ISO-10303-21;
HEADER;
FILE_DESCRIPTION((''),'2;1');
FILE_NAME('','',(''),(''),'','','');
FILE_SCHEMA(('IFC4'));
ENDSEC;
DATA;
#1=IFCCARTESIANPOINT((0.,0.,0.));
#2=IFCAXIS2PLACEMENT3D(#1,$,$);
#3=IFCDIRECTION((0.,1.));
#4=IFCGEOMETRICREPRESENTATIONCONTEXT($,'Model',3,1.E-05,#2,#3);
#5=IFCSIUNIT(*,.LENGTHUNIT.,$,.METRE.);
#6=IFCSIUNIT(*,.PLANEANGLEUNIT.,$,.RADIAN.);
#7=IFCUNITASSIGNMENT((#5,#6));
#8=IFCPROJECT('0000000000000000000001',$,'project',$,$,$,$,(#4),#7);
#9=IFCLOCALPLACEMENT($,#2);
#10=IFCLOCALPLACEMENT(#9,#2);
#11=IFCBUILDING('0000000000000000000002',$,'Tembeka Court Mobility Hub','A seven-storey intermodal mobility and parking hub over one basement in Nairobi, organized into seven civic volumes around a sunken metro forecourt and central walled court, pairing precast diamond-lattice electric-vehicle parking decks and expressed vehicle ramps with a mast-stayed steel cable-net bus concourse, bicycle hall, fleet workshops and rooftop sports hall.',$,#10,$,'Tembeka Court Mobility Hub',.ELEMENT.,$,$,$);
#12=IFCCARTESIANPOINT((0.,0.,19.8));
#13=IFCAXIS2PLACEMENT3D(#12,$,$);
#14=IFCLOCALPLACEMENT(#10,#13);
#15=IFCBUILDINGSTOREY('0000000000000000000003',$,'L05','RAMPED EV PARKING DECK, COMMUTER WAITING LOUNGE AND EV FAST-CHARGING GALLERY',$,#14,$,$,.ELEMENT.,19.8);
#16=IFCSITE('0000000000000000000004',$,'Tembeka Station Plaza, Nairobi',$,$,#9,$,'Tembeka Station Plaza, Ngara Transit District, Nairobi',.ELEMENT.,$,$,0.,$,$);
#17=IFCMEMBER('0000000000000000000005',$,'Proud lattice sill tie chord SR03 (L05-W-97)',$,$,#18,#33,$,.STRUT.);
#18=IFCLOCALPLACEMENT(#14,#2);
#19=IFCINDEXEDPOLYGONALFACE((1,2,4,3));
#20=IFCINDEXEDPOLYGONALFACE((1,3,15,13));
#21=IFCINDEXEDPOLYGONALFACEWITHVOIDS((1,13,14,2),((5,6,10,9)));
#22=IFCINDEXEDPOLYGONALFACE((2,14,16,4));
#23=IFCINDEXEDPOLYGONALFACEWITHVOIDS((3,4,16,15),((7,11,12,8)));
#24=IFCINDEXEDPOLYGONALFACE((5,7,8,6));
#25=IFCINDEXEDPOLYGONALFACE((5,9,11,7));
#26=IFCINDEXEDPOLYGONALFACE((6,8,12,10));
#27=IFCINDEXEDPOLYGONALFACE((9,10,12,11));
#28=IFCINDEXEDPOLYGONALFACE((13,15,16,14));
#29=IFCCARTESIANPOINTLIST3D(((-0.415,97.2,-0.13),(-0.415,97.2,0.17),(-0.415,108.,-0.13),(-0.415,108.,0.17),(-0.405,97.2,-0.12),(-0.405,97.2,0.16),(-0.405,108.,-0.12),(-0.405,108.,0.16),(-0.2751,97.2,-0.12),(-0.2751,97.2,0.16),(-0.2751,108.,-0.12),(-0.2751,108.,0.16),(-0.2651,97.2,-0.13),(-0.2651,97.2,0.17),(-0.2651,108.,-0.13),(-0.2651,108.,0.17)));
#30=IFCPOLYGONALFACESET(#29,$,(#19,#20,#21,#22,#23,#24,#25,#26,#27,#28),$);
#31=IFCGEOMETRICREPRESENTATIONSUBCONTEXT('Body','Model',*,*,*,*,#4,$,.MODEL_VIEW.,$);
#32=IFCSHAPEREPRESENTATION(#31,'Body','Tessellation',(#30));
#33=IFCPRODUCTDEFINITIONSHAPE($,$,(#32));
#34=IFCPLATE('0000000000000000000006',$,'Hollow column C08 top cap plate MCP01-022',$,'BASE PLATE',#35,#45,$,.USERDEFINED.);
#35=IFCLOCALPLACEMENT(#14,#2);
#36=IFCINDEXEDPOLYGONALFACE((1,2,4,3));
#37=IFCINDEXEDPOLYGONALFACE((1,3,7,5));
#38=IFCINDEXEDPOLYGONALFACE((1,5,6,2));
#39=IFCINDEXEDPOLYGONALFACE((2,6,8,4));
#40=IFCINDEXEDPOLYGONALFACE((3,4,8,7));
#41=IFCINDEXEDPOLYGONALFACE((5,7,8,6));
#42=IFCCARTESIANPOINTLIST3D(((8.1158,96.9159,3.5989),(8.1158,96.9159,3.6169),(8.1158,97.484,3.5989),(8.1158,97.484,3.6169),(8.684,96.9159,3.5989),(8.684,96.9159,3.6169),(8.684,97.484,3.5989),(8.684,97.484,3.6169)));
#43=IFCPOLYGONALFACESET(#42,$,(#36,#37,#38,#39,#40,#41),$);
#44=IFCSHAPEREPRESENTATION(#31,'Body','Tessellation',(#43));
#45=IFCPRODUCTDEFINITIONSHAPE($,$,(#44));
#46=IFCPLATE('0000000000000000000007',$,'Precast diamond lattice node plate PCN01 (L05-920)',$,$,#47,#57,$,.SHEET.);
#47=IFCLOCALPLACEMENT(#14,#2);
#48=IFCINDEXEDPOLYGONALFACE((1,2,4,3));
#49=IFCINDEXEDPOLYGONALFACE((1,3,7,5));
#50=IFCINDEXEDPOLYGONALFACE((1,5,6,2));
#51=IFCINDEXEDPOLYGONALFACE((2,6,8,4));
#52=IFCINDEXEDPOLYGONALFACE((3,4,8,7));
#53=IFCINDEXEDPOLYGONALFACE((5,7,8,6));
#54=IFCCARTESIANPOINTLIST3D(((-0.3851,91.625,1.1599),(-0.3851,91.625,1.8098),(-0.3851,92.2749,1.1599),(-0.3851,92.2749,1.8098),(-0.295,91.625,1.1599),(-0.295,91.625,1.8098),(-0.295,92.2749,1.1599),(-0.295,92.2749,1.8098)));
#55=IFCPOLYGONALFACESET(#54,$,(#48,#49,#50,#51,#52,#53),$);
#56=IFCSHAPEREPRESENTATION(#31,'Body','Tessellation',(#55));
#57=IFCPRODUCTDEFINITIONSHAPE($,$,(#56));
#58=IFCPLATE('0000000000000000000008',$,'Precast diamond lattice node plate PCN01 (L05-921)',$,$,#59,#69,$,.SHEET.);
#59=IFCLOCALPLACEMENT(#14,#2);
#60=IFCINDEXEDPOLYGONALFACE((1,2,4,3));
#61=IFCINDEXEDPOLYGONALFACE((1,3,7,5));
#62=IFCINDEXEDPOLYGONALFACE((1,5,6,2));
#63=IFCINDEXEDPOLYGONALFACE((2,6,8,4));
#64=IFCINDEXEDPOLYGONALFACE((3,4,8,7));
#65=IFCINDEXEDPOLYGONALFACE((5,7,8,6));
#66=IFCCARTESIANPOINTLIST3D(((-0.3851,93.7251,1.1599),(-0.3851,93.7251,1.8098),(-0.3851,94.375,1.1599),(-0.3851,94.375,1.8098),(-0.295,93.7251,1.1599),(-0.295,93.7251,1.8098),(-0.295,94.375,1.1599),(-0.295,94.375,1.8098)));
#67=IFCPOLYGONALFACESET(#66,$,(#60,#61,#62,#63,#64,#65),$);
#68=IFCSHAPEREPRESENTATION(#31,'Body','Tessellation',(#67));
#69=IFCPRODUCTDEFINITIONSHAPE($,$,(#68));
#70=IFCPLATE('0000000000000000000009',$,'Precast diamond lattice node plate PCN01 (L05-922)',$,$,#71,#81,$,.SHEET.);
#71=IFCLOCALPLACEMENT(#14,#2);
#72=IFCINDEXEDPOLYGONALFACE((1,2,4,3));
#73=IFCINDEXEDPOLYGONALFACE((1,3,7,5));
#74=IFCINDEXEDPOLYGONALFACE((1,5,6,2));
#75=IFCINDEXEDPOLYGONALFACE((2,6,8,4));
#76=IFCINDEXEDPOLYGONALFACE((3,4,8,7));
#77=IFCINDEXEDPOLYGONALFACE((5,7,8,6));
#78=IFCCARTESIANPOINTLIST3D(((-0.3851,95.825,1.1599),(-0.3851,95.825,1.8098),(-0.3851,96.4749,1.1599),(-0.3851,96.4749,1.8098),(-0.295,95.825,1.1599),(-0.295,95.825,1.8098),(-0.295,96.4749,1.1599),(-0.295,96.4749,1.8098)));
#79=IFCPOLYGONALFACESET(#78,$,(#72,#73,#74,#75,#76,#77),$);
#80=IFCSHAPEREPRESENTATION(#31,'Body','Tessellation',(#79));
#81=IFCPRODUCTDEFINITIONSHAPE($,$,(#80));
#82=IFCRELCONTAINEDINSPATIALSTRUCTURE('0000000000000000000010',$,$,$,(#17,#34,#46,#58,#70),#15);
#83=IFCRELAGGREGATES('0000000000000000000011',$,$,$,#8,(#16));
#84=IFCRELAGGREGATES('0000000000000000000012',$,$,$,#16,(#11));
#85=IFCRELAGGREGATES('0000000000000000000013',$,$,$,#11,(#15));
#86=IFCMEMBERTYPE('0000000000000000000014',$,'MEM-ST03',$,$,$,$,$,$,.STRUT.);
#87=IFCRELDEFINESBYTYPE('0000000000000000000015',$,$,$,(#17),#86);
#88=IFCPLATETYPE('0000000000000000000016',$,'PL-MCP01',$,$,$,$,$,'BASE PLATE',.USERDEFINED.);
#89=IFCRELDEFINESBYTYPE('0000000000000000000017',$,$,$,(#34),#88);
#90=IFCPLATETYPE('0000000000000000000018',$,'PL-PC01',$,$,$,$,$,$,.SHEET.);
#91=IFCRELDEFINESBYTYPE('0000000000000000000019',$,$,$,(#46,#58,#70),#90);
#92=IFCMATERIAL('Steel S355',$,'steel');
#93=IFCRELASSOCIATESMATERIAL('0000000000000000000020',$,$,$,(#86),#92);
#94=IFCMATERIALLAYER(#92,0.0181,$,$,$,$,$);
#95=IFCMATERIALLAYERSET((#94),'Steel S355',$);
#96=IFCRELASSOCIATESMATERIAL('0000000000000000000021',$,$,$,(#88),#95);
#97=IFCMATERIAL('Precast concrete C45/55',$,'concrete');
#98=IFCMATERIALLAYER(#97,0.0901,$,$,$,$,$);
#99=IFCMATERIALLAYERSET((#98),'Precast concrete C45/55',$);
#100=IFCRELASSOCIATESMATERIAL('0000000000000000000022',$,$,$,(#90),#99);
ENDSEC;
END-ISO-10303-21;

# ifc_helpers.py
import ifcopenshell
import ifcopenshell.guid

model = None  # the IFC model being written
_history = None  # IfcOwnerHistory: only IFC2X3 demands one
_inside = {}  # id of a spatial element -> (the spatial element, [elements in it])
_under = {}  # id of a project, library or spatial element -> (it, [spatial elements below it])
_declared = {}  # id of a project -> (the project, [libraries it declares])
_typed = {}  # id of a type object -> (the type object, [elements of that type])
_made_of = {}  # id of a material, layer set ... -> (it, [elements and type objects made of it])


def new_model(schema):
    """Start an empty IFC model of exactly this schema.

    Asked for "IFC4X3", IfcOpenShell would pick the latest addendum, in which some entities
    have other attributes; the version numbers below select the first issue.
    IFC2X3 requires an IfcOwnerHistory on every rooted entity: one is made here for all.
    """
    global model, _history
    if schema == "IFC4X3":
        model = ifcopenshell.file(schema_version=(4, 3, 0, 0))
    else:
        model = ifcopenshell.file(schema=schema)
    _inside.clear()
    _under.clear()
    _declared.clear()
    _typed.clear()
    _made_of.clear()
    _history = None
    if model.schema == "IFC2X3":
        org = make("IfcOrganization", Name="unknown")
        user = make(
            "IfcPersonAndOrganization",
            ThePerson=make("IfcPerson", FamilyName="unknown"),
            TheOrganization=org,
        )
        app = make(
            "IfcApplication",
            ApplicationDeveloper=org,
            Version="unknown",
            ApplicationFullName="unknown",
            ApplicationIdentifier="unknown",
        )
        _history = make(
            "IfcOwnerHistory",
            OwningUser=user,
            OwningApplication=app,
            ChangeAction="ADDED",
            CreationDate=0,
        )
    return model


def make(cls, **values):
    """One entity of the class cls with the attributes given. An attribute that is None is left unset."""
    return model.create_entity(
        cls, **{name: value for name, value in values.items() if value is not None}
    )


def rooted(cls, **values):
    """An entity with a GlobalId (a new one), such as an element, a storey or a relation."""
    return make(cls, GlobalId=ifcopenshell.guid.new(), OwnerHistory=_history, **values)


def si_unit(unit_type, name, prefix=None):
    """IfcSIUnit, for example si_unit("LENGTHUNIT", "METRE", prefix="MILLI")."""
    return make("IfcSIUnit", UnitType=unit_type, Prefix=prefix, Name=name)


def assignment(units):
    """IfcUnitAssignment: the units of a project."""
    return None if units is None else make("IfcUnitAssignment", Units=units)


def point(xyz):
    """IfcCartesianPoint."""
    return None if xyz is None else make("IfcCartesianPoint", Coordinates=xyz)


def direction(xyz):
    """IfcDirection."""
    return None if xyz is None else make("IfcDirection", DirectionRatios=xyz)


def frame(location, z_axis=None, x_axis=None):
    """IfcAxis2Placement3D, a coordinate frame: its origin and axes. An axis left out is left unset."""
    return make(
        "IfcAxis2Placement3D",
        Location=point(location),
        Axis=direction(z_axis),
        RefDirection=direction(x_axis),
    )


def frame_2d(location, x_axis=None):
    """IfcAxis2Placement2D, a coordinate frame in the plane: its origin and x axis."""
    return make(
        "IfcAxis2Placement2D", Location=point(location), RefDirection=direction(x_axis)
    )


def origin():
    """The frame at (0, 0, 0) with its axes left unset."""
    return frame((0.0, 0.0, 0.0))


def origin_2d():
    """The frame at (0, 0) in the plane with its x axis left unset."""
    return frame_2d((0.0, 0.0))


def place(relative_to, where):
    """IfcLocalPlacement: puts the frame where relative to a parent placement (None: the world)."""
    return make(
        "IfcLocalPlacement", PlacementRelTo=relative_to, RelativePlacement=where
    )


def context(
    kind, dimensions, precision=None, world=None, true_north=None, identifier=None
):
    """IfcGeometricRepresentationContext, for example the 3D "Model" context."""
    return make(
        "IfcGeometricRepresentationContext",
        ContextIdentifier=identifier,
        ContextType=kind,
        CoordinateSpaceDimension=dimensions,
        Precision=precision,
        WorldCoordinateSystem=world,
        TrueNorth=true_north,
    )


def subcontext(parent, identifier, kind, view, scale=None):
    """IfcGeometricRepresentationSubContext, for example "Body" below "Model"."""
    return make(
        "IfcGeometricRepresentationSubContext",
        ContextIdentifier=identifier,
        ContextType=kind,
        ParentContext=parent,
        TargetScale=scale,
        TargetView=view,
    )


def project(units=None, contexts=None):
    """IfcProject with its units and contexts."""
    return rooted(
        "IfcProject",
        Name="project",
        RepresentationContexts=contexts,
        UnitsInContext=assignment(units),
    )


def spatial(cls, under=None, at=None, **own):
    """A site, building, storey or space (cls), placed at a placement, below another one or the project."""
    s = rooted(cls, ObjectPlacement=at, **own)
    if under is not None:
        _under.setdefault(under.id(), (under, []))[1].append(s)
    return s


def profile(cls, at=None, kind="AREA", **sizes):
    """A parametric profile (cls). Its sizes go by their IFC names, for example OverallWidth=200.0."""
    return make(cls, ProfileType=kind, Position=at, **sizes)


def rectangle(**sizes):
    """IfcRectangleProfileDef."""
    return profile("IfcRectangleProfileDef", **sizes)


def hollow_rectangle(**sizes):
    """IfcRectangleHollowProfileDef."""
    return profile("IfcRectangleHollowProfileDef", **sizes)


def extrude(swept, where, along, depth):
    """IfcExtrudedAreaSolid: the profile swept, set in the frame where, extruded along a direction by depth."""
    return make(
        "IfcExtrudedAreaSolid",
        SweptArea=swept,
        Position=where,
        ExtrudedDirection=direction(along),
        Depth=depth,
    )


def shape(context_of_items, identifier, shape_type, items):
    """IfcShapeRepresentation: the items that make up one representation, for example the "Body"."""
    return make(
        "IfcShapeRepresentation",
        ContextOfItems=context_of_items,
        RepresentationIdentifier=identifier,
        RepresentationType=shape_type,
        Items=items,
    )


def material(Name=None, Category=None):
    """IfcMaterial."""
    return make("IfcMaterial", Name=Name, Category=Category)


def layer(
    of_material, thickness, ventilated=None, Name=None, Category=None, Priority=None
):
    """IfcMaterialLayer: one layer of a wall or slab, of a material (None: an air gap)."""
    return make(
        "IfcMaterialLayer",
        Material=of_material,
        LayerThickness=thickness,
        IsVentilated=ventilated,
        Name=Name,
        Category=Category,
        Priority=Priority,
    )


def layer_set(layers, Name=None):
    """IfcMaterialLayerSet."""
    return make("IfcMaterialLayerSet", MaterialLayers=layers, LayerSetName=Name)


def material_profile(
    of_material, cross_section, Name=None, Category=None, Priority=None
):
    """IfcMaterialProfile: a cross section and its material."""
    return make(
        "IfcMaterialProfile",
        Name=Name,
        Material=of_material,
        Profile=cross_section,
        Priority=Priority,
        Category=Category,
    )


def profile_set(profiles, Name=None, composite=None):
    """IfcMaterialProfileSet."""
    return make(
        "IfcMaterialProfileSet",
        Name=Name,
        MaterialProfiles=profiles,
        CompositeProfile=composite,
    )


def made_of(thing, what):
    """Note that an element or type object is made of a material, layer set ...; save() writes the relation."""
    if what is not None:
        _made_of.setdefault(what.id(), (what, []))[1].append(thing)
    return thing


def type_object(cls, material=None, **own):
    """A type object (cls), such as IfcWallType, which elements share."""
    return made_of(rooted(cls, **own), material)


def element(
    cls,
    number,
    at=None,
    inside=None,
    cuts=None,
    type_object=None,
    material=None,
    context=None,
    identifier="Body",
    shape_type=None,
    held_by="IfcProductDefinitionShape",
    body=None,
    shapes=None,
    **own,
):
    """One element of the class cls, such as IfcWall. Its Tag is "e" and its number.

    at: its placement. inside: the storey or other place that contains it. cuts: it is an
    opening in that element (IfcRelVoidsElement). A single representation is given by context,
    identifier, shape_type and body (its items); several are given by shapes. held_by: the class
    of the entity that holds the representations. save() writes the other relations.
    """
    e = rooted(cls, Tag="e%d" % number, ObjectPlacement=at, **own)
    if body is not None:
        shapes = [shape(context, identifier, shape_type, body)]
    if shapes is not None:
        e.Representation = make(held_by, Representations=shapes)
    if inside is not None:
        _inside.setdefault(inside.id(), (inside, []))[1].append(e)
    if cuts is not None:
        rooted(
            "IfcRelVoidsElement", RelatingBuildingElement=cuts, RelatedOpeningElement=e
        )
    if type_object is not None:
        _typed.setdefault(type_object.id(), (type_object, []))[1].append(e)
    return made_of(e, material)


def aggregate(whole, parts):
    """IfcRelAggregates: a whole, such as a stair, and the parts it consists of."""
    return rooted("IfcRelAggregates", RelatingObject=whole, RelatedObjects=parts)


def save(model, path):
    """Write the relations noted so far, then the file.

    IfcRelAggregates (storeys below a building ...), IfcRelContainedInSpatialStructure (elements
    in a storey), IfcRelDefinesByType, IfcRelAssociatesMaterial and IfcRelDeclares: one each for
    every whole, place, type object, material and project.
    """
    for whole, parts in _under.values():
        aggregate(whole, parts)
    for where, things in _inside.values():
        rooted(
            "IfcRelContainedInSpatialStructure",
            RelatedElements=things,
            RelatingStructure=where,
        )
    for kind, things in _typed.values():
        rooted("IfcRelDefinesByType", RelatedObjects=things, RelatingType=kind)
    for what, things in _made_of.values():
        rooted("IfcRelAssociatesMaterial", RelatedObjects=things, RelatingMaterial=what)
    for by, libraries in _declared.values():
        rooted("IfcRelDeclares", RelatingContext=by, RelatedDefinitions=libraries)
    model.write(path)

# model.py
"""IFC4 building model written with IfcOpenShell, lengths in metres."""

from ifc_helpers import new_model, si_unit, direction, frame, origin, origin_2d, place, context, subcontext, project, spatial, rectangle, hollow_rectangle, extrude, material, layer, layer_set, material_profile, profile_set, type_object, element, save


model = new_model("IFC4")

# Units and contexts
model_context = context("Model", 3, precision=1e-05, world=origin(), true_north=direction((0.0, 1.0)))
body_context = subcontext(model_context, "Body", "Model", "MODEL_VIEW")
ifc_project = project(units=[si_unit("LENGTHUNIT", "METRE"), si_unit("PLANEANGLEUNIT", "RADIAN")], contexts=[model_context])

# Site, building, storey
site_placement = place(None, origin())
site = spatial("IfcSite", under=ifc_project, at=site_placement, Name="Tembeka Station Plaza, Nairobi", LongName="Tembeka Station Plaza, Ngara Transit District, Nairobi", CompositionType="ELEMENT", RefElevation=0.0)
building_placement = place(site_placement, origin())
building = spatial("IfcBuilding", under=site, at=building_placement, Name="Tembeka Court Mobility Hub", Description="A seven-storey intermodal mobility and parking hub over one basement in Nairobi, organized into seven civic volumes around a sunken metro forecourt and central walled court, pairing precast diamond-lattice electric-vehicle parking decks and expressed vehicle ramps with a mast-stayed steel cable-net bus concourse, bicycle hall, fleet workshops and rooftop sports hall.", LongName="Tembeka Court Mobility Hub", CompositionType="ELEMENT")
storey_placement = place(building_placement, frame((0.0, 0.0, 19.8)))
storey = spatial("IfcBuildingStorey", under=building, at=storey_placement, Name="L05", Description="RAMPED EV PARKING DECK, COMMUTER WAITING LOUNGE AND EV FAST-CHARGING GALLERY", CompositionType="ELEMENT", Elevation=19.8)

# Shared definitions
ifc_material_1 = material(Name="Steel S355", Category="steel")

# Member
ifc_material_2 = material(Name="Precast concrete C45/55", Category="concrete")
ifc_material_profile_1 = material_profile(ifc_material_1, hollow_rectangle(XDim=0.1499, YDim=0.3, WallThickness=0.01, at=origin_2d()), Name="RHS 300x150x10")
ifc_profile_set_1 = profile_set([ifc_material_profile_1], Name="Steel S355")
member_type_1 = type_object("IfcMemberType", Name="MEM-ST03", PredefinedType="STRUT", material=ifc_profile_set_1)
member_1_placement = place(storey_placement, frame((-0.3401, 97.2, 0.02), z_axis=(0.0, 1.0, 0.0), x_axis=(-1.0, 0.0, 0.0)))
element("IfcMember", 1, at=member_1_placement, inside=storey, type_object=member_type_1, Name="Proud lattice sill tie chord SR03 (L05-W-97)", PredefinedType="STRUT", context=body_context, shape_type="SweptSolid", body=[
    extrude(hollow_rectangle(XDim=0.1499, YDim=0.3, WallThickness=0.01, at=origin_2d()), origin(), (0.0, 0.0, 1.0), 10.8),
])

# Plates
ifc_layer_1 = layer(ifc_material_1, 0.0181)
ifc_layer_set_1 = layer_set([ifc_layer_1], Name="Steel S355")
plate_type_1 = type_object("IfcPlateType", Name="PL-MCP01", ElementType="BASE PLATE", PredefinedType="USERDEFINED", material=ifc_layer_set_1)
plate_placement = place(storey_placement, frame((8.3999, 97.2, 3.5989), z_axis=(0.0, 0.0, 1.0), x_axis=(1.0, 0.0, 0.0)))
element("IfcPlate", 2, at=plate_placement, inside=storey, type_object=plate_type_1, Name="Hollow column C08 top cap plate MCP01-022", ObjectType="BASE PLATE", PredefinedType="USERDEFINED", context=body_context, shape_type="SweptSolid", body=[
    extrude(rectangle(XDim=0.5681, YDim=0.5681, at=origin_2d()), origin(), (0.0, 0.0, 1.0), 0.0181),
])
ifc_layer_2 = layer(ifc_material_2, 0.0901)
ifc_layer_set_2 = layer_set([ifc_layer_2], Name="Precast concrete C45/55")
plate_type_2 = type_object("IfcPlateType", Name="PL-PC01", PredefinedType="SHEET", material=ifc_layer_set_2)
for number, where, z_axis, x_axis, name in (
    (3, (-0.3401, 91.95, 1.1599), (0.0, 0.0, 1.0), (1.0, 0.0, 0.0), "Precast diamond lattice node plate PCN01 (L05-920)"),
    (4, (-0.3401, 94.05, 1.1599), (0.0, 0.0, 1.0), (1.0, 0.0, 0.0), "Precast diamond lattice node plate PCN01 (L05-921)"),
    (5, (-0.3401, 96.1499, 1.1599), (0.0, 0.0, 1.0), (1.0, 0.0, 0.0), "Precast diamond lattice node plate PCN01 (L05-922)"),
):
    element("IfcPlate", number, at=place(storey_placement, frame(where, z_axis=z_axis, x_axis=x_axis)), inside=storey, type_object=plate_type_2, Name=name, PredefinedType="SHEET", context=body_context, shape_type="SweptSolid", body=[
        extrude(rectangle(XDim=0.0901, YDim=0.6499, at=origin_2d()), origin(), (0.0, 0.0, 1.0), 0.6499),
    ])

save(model, "model.ifc")
